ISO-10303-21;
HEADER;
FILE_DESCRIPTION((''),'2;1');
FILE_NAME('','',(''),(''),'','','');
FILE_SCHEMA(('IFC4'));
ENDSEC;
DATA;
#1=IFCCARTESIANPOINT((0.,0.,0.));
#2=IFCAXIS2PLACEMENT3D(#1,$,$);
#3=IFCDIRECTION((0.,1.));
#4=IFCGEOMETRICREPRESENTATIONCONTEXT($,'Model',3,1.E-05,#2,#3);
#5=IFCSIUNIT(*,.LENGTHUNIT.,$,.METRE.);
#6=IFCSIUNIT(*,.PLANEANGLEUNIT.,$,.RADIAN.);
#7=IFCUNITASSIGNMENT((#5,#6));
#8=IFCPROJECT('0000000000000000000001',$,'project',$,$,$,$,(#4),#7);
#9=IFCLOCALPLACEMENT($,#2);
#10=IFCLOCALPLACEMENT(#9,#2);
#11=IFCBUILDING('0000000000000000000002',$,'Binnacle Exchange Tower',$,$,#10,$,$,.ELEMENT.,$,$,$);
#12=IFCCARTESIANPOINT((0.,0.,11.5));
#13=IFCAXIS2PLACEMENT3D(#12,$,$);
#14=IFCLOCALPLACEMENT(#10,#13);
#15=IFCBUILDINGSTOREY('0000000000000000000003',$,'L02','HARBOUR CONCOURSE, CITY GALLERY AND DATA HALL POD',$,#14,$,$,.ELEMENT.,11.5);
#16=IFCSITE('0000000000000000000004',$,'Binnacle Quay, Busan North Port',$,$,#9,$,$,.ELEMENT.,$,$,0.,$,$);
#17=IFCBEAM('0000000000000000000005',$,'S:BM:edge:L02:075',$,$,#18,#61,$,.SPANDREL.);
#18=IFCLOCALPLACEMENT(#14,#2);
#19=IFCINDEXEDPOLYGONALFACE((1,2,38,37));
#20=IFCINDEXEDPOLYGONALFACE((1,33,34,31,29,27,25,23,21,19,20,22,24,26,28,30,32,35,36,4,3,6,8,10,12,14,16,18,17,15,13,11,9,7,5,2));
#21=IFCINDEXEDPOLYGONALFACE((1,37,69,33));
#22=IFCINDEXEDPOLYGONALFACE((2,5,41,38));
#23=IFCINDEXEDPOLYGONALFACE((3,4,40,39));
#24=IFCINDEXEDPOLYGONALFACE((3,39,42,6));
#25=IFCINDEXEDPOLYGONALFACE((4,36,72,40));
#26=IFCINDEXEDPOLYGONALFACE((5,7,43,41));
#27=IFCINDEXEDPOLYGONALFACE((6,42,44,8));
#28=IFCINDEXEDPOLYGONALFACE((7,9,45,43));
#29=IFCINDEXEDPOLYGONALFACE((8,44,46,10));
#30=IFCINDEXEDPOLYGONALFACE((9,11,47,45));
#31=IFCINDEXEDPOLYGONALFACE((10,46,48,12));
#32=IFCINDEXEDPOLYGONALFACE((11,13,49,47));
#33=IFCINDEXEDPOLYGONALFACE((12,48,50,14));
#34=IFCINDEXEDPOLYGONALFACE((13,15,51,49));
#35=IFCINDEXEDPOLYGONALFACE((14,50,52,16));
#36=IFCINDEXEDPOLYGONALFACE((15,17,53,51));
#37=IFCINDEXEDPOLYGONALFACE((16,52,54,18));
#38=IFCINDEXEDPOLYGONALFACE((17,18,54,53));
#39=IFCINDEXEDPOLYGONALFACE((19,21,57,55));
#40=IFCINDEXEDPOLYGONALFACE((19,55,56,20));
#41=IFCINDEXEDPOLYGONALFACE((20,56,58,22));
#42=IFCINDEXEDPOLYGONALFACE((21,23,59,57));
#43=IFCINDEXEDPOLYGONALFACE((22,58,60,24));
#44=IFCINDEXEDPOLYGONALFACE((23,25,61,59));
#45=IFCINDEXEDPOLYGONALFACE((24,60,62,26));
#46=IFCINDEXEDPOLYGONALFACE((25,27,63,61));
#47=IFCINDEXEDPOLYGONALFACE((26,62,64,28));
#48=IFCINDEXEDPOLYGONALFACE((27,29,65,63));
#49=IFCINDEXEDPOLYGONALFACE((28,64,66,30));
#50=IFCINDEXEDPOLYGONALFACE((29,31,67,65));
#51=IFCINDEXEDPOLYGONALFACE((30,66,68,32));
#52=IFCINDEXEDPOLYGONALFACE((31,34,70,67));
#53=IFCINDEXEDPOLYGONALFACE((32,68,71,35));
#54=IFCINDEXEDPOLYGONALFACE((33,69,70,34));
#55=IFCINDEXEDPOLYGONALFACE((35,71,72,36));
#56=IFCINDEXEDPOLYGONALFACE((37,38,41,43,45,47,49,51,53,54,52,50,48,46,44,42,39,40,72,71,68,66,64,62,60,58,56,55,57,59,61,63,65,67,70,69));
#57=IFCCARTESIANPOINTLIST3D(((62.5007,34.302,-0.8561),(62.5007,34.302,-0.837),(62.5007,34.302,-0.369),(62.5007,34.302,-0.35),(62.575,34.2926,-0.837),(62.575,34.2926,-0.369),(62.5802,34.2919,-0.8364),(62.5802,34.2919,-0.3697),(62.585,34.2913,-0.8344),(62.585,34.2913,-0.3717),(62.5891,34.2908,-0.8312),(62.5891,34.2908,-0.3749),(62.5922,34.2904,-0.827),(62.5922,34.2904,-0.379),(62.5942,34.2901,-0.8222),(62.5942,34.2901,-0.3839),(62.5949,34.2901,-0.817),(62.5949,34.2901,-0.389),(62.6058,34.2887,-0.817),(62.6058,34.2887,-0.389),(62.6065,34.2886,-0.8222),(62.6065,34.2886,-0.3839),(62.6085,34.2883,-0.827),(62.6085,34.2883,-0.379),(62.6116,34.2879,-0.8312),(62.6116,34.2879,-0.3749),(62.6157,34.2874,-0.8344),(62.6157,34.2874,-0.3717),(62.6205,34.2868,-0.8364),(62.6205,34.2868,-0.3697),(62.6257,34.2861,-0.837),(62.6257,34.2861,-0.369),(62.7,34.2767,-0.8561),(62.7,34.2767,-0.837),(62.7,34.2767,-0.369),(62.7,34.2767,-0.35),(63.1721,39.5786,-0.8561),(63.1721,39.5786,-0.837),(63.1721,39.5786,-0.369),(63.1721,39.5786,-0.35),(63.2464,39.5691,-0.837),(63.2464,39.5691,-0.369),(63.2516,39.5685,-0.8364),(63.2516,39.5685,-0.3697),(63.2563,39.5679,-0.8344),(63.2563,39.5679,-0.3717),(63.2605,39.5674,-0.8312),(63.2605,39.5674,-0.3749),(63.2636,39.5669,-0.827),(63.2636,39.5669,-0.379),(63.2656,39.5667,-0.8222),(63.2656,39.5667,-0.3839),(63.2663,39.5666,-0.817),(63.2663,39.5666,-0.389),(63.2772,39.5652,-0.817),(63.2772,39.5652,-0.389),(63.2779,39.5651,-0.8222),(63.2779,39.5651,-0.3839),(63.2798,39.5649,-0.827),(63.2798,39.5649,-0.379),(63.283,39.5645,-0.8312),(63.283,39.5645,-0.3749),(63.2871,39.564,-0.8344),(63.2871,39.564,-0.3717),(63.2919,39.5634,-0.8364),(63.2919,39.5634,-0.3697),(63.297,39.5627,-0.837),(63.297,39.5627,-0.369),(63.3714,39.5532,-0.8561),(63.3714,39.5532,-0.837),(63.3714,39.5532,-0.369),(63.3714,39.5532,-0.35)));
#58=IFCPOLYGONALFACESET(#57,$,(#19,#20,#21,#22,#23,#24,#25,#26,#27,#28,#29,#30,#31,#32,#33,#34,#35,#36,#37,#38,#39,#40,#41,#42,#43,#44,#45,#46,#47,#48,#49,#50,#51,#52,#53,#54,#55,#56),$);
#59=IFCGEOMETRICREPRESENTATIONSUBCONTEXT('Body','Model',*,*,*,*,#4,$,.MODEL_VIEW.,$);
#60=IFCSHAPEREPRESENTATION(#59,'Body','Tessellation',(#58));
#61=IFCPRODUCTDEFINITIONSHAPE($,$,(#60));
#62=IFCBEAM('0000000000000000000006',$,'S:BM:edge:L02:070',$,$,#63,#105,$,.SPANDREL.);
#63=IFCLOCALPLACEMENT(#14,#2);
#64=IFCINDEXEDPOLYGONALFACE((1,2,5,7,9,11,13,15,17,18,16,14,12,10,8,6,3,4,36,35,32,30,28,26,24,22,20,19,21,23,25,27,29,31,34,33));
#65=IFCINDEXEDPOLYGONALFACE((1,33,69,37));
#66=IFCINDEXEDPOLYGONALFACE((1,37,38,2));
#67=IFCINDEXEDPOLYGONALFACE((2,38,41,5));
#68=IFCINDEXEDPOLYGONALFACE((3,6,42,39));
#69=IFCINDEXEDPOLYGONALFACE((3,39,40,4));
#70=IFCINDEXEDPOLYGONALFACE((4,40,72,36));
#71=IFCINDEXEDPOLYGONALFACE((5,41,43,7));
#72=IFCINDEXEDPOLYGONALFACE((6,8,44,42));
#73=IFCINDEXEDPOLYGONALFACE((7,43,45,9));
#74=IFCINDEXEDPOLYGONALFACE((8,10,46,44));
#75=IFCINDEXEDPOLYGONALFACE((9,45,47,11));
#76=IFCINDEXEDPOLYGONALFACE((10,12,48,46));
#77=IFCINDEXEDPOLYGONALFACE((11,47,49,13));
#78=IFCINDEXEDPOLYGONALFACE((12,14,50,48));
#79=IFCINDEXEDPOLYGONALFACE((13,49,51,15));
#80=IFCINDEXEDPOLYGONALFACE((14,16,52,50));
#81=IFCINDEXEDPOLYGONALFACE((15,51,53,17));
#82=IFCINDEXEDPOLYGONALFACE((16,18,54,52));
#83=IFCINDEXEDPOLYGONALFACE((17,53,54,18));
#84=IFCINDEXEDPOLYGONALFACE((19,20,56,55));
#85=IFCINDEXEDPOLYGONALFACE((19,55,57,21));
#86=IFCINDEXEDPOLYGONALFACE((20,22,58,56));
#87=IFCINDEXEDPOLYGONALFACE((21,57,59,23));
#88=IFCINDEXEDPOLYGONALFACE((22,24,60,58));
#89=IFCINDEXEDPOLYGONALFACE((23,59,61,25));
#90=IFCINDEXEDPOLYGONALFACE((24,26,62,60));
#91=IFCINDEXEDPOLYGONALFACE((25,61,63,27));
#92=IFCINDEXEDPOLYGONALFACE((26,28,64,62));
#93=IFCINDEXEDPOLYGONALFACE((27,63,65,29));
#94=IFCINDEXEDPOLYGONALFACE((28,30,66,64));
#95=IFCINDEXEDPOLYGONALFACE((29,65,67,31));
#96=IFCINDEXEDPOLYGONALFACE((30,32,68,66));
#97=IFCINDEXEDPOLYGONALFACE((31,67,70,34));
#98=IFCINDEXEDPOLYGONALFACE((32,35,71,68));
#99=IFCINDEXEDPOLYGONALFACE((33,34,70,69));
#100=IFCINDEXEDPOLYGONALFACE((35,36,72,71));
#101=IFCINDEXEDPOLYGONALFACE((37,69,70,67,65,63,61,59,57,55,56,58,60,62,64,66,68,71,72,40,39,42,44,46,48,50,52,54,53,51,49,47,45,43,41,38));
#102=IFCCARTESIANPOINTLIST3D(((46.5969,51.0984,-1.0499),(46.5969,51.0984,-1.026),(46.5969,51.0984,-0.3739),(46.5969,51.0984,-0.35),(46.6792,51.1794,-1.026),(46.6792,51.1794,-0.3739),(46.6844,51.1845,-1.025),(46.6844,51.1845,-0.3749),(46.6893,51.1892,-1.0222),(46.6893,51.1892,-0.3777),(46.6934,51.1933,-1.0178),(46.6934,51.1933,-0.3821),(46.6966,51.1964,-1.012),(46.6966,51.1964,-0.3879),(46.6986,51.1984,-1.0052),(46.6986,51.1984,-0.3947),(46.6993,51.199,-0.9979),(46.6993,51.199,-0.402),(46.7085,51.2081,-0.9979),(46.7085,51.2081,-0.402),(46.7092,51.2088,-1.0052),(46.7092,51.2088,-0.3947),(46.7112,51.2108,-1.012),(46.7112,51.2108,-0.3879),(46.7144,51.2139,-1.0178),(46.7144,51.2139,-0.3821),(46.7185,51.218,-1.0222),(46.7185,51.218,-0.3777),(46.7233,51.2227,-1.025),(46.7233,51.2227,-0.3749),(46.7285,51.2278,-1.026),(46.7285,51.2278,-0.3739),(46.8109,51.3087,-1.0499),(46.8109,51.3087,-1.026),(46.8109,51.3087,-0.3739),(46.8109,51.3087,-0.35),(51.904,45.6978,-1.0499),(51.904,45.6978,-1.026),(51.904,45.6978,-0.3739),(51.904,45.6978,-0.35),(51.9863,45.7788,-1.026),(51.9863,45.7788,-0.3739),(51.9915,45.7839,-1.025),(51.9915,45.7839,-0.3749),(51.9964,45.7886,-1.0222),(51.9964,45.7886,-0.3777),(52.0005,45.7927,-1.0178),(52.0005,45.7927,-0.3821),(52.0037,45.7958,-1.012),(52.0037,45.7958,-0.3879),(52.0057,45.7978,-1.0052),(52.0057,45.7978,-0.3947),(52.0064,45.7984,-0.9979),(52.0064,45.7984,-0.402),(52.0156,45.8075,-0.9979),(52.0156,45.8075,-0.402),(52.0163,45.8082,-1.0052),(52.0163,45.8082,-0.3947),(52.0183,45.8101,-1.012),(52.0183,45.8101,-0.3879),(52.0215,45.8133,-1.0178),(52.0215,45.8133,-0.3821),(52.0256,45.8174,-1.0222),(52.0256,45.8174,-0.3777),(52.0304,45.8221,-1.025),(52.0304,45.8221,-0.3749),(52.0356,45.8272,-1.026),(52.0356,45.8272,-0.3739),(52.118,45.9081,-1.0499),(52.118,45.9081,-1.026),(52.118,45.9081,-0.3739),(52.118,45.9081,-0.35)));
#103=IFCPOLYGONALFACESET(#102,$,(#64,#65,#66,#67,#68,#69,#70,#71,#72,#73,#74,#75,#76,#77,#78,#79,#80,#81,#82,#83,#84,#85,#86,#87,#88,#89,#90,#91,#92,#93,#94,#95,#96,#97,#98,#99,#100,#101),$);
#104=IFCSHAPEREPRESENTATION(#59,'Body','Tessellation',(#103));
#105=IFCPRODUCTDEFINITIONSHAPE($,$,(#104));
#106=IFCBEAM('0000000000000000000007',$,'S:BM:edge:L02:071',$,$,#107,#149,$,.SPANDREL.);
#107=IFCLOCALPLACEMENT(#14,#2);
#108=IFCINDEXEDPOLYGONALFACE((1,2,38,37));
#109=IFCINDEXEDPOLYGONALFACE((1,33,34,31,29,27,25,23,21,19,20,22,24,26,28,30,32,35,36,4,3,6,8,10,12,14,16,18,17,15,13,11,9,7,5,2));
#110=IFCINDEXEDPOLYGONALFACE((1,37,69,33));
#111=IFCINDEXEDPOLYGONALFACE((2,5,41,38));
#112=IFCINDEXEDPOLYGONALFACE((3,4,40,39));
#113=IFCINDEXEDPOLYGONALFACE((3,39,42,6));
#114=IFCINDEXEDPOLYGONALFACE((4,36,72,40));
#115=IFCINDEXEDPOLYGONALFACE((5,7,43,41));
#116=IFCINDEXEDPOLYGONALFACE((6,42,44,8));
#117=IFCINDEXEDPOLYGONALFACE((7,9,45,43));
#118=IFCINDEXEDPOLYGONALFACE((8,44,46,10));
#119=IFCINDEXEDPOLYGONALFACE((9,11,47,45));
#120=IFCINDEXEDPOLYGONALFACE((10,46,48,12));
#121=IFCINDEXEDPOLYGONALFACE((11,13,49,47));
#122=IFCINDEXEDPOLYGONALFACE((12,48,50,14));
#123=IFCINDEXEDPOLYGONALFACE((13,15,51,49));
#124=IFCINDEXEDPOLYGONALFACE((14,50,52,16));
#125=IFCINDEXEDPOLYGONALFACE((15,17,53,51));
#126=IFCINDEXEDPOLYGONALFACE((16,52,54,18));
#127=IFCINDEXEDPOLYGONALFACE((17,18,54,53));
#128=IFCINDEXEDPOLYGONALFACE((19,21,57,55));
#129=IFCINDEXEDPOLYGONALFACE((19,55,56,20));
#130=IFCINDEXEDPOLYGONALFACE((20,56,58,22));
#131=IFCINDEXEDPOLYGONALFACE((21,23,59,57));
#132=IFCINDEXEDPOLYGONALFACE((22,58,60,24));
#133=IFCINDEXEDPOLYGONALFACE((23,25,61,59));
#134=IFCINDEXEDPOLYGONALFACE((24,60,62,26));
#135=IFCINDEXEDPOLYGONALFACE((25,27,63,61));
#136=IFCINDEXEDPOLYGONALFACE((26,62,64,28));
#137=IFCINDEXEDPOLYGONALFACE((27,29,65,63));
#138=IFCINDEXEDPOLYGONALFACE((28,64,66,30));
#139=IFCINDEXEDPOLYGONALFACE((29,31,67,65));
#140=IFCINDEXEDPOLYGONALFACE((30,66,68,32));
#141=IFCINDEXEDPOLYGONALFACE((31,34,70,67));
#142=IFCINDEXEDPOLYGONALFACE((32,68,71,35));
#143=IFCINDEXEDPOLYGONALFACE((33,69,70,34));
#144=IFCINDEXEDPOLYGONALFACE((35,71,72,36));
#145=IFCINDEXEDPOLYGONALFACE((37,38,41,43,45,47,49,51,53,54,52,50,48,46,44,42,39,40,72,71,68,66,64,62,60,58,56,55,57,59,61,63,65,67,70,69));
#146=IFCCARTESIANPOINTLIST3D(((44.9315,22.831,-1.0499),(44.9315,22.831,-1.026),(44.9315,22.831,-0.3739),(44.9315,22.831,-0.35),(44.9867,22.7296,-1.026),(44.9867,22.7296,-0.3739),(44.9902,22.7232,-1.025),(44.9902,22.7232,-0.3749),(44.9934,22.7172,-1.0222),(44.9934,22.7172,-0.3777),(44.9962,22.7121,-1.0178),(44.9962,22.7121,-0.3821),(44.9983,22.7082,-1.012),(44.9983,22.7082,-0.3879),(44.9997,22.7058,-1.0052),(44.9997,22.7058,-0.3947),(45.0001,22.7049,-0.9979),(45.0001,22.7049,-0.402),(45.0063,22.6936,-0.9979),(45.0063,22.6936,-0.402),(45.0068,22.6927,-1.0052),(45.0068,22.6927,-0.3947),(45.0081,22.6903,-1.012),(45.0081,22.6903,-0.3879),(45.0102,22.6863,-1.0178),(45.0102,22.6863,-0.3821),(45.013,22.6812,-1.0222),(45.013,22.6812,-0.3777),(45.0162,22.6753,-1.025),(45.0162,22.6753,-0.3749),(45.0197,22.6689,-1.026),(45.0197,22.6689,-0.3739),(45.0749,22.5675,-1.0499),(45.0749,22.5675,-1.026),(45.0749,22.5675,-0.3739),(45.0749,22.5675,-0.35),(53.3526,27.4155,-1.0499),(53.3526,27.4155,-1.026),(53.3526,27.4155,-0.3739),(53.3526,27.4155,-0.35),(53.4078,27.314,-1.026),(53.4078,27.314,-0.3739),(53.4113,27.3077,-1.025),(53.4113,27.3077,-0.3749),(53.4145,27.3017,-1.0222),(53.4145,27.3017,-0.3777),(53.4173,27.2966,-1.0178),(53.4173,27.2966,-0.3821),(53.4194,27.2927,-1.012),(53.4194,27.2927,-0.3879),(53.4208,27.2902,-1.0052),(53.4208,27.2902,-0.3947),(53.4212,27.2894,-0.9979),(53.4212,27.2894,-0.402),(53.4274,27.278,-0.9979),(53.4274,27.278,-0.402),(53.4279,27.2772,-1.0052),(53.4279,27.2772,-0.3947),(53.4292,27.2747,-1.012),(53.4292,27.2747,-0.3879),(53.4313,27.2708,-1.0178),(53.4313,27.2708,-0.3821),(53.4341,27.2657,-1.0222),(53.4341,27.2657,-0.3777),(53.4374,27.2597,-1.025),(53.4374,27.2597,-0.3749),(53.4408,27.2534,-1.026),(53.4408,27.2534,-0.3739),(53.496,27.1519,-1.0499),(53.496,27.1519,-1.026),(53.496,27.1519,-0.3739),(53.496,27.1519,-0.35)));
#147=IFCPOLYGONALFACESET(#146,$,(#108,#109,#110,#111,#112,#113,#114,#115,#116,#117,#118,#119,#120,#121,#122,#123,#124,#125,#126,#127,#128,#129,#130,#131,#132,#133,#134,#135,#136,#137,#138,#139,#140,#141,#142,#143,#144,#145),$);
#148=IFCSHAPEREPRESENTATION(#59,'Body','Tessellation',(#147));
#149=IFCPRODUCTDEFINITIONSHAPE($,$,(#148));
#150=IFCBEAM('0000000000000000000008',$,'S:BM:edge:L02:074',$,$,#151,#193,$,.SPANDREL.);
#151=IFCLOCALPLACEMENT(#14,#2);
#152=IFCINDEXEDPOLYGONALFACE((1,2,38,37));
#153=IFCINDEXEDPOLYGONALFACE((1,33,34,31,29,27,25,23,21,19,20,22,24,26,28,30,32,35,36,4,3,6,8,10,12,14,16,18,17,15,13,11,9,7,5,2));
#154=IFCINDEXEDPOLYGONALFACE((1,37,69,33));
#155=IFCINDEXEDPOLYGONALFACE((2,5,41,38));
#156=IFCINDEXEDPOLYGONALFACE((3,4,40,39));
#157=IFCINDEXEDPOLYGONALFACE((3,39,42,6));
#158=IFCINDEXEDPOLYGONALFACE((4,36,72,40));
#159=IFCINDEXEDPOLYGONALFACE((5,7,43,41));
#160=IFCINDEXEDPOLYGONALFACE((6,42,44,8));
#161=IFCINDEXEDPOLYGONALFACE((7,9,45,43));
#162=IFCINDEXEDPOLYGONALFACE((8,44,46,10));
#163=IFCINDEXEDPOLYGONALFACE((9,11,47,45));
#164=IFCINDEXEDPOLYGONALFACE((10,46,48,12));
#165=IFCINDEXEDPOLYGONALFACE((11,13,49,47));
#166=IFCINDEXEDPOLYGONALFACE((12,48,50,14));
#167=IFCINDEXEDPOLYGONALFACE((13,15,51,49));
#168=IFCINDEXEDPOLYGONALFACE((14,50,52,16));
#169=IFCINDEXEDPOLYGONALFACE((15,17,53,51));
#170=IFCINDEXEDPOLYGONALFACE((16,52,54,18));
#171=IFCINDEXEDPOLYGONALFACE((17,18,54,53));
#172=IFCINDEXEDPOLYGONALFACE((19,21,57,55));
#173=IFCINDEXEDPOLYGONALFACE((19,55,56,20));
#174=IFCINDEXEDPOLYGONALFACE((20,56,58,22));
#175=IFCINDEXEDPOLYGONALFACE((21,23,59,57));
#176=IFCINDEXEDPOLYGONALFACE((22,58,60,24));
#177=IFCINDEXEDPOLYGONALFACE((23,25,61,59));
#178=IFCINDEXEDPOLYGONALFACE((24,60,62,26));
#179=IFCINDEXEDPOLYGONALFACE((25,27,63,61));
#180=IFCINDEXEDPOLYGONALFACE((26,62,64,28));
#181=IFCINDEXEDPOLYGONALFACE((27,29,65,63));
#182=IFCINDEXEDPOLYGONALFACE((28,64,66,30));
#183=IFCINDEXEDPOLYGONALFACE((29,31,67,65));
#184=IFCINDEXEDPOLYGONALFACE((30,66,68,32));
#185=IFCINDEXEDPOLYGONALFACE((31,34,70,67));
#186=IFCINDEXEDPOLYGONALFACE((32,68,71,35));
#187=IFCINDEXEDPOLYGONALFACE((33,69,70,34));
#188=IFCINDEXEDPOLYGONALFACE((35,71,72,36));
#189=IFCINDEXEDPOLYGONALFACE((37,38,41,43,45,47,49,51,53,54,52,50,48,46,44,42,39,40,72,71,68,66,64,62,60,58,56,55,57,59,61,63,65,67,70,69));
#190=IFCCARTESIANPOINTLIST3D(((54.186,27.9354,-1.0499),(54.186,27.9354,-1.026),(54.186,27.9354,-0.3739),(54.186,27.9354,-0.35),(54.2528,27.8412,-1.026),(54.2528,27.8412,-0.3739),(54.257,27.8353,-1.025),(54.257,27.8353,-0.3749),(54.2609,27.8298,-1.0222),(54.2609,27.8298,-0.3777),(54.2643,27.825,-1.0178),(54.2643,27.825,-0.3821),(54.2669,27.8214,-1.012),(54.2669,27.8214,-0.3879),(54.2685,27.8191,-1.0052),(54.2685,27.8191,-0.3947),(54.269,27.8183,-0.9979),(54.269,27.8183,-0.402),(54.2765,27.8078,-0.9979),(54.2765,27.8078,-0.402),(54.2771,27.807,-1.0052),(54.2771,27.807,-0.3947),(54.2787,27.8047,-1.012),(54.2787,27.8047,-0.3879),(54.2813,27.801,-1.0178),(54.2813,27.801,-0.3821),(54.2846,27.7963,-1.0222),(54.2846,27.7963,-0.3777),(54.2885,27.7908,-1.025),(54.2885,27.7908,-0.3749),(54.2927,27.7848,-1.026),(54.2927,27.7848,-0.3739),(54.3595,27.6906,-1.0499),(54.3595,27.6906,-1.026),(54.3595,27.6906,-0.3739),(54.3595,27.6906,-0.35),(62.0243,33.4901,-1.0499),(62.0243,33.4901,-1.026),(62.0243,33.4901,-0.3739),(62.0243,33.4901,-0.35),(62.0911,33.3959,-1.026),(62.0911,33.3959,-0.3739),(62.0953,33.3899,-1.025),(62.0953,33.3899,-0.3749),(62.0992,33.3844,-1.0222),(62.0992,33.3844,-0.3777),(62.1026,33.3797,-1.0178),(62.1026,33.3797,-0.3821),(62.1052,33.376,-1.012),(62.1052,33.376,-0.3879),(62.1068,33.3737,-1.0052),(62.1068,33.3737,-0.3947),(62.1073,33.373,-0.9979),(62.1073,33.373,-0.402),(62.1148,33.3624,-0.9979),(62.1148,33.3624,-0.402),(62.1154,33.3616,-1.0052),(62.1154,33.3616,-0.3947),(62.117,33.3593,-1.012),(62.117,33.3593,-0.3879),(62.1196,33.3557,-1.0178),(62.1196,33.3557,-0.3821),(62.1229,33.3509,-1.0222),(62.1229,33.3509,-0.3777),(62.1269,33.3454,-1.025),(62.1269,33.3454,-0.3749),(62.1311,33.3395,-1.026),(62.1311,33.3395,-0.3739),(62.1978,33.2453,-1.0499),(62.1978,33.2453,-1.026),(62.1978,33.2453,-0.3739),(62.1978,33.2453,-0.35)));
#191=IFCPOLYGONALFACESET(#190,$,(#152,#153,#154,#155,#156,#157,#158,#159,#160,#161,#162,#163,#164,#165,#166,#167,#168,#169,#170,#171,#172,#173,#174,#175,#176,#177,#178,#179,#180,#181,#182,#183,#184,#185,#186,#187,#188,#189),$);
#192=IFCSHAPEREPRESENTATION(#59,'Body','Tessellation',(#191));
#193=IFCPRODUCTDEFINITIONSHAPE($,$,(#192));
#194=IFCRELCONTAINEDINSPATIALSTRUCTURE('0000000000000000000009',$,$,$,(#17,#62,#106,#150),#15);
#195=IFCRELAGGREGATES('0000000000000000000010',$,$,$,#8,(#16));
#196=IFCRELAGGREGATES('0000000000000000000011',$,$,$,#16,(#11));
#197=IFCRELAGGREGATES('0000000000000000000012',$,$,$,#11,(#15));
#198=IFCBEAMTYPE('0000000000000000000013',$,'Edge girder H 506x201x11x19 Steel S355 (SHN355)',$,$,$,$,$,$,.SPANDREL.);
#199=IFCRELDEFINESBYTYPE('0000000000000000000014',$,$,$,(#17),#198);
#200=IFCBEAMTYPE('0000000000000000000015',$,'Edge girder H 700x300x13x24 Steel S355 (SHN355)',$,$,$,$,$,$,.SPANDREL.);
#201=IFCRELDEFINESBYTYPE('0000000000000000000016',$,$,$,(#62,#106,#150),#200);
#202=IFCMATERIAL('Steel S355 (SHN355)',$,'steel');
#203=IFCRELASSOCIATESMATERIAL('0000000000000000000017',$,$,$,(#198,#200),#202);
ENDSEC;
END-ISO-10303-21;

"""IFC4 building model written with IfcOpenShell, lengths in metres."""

from ifc_helpers import new_model, si_unit, direction, frame, origin, origin_2d, place, context, subcontext, project, spatial, i_section, extrude, material, material_profile, profile_set, type_object, element, save


model = new_model("IFC4")

# Units and contexts
model_context = context("Model", 3, precision=1e-05, world=origin(), true_north=direction((0.0, 1.0)))
body_context = subcontext(model_context, "Body", "Model", "MODEL_VIEW")
ifc_project = project(units=[si_unit("LENGTHUNIT", "METRE"), si_unit("PLANEANGLEUNIT", "RADIAN")], contexts=[model_context])

# Site, building, storey
site_placement = place(None, origin())
site = spatial("IfcSite", under=ifc_project, at=site_placement, Name="Binnacle Quay, Busan North Port", CompositionType="ELEMENT", RefElevation=0.0)
building_placement = place(site_placement, origin())
building = spatial("IfcBuilding", under=site, at=building_placement, Name="Binnacle Exchange Tower", CompositionType="ELEMENT")
storey_placement = place(building_placement, frame((0.0, 0.0, 11.5)))
storey = spatial("IfcBuildingStorey", under=building, at=storey_placement, Name="L02", Description="HARBOUR CONCOURSE, CITY GALLERY AND DATA HALL POD", CompositionType="ELEMENT", Elevation=11.5)

# Beams
ifc_material_1 = material(Name="Steel S355 (SHN355)", Category="steel")
ifc_material_profile_1 = material_profile(ifc_material_1, i_section(OverallWidth=0.2009, OverallDepth=0.5061, WebThickness=0.011, FlangeThickness=0.019, FilletRadius=0.02, at=origin_2d()), Name="H 506x201x11x19")
ifc_profile_set_1 = profile_set([ifc_material_profile_1], Name="Steel S355 (SHN355)")
beam_type_1 = type_object("IfcBeamType", Name="Edge girder H 506x201x11x19 Steel S355 (SHN355)", PredefinedType="SPANDREL", material=ifc_profile_set_1)
beam_1_placement = place(storey_placement, frame((63.2717, 39.5659, -0.603), z_axis=(-0.126221, -0.992002, 0.0), x_axis=(0.992002, -0.126221, 0.0)))
element("IfcBeam", 1, at=beam_1_placement, inside=storey, type_object=beam_type_1, Name="S:BM:edge:L02:075", PredefinedType="SPANDREL", context=body_context, shape_type="SweptSolid", body=[
    extrude(i_section(OverallWidth=0.2009, OverallDepth=0.5061, WebThickness=0.011, FlangeThickness=0.019, FilletRadius=0.02, at=origin_2d()), origin(), (0.0, 0.0, 1.0), 5.3191),
])
ifc_material_profile_2 = material_profile(ifc_material_1, i_section(OverallWidth=0.3, OverallDepth=0.7, WebThickness=0.0129, FlangeThickness=0.0239, FilletRadius=0.0281, at=origin_2d()), Name="H 700x300x13x24")
ifc_profile_set_2 = profile_set([ifc_material_profile_2], Name="Steel S355 (SHN355)")
beam_type_2 = type_object("IfcBeamType", Name="Edge girder H 700x300x13x24 Steel S355 (SHN355)", PredefinedType="SPANDREL", material=ifc_profile_set_2)
beam_2_placement = place(storey_placement, frame((52.011, 45.803, -0.7), z_axis=(-0.700905, 0.713254, 0.0), x_axis=(-0.713254, -0.700905, 0.0)))
element("IfcBeam", 2, at=beam_2_placement, inside=storey, type_object=beam_type_2, Name="S:BM:edge:L02:070", PredefinedType="SPANDREL", context=body_context, shape_type="SweptSolid", body=[
    extrude(i_section(OverallWidth=0.3, OverallDepth=0.7, WebThickness=0.0129, FlangeThickness=0.0239, FilletRadius=0.0281, at=origin_2d()), origin(), (0.0, 0.0, 1.0), 7.5718),
])
beam_3_placement = place(storey_placement, frame((53.4243, 27.2837, -0.7), z_axis=(-0.878285, -0.478138, 0.0), x_axis=(0.478138, -0.878285, 0.0)))
element("IfcBeam", 3, at=beam_3_placement, inside=storey, type_object=beam_type_2, Name="S:BM:edge:L02:071", PredefinedType="SPANDREL", context=body_context, shape_type="SweptSolid", body=[
    extrude(i_section(OverallWidth=0.3, OverallDepth=0.7, WebThickness=0.0129, FlangeThickness=0.0239, FilletRadius=0.0281, at=origin_2d()), origin(), (0.0, 0.0, 1.0), 9.5881),
])
beam_4_placement = place(storey_placement, frame((62.1111, 33.3677, -0.7), z_axis=(-0.815902, -0.578191, 0.0), x_axis=(0.578191, -0.815902, 0.0)))
element("IfcBeam", 4, at=beam_4_placement, inside=storey, type_object=beam_type_2, Name="S:BM:edge:L02:074", PredefinedType="SPANDREL", context=body_context, shape_type="SweptSolid", body=[
    extrude(i_section(OverallWidth=0.3, OverallDepth=0.7, WebThickness=0.0129, FlangeThickness=0.0239, FilletRadius=0.0281, at=origin_2d()), origin(), (0.0, 0.0, 1.0), 9.6069),
])

save(model, "model.ifc")
